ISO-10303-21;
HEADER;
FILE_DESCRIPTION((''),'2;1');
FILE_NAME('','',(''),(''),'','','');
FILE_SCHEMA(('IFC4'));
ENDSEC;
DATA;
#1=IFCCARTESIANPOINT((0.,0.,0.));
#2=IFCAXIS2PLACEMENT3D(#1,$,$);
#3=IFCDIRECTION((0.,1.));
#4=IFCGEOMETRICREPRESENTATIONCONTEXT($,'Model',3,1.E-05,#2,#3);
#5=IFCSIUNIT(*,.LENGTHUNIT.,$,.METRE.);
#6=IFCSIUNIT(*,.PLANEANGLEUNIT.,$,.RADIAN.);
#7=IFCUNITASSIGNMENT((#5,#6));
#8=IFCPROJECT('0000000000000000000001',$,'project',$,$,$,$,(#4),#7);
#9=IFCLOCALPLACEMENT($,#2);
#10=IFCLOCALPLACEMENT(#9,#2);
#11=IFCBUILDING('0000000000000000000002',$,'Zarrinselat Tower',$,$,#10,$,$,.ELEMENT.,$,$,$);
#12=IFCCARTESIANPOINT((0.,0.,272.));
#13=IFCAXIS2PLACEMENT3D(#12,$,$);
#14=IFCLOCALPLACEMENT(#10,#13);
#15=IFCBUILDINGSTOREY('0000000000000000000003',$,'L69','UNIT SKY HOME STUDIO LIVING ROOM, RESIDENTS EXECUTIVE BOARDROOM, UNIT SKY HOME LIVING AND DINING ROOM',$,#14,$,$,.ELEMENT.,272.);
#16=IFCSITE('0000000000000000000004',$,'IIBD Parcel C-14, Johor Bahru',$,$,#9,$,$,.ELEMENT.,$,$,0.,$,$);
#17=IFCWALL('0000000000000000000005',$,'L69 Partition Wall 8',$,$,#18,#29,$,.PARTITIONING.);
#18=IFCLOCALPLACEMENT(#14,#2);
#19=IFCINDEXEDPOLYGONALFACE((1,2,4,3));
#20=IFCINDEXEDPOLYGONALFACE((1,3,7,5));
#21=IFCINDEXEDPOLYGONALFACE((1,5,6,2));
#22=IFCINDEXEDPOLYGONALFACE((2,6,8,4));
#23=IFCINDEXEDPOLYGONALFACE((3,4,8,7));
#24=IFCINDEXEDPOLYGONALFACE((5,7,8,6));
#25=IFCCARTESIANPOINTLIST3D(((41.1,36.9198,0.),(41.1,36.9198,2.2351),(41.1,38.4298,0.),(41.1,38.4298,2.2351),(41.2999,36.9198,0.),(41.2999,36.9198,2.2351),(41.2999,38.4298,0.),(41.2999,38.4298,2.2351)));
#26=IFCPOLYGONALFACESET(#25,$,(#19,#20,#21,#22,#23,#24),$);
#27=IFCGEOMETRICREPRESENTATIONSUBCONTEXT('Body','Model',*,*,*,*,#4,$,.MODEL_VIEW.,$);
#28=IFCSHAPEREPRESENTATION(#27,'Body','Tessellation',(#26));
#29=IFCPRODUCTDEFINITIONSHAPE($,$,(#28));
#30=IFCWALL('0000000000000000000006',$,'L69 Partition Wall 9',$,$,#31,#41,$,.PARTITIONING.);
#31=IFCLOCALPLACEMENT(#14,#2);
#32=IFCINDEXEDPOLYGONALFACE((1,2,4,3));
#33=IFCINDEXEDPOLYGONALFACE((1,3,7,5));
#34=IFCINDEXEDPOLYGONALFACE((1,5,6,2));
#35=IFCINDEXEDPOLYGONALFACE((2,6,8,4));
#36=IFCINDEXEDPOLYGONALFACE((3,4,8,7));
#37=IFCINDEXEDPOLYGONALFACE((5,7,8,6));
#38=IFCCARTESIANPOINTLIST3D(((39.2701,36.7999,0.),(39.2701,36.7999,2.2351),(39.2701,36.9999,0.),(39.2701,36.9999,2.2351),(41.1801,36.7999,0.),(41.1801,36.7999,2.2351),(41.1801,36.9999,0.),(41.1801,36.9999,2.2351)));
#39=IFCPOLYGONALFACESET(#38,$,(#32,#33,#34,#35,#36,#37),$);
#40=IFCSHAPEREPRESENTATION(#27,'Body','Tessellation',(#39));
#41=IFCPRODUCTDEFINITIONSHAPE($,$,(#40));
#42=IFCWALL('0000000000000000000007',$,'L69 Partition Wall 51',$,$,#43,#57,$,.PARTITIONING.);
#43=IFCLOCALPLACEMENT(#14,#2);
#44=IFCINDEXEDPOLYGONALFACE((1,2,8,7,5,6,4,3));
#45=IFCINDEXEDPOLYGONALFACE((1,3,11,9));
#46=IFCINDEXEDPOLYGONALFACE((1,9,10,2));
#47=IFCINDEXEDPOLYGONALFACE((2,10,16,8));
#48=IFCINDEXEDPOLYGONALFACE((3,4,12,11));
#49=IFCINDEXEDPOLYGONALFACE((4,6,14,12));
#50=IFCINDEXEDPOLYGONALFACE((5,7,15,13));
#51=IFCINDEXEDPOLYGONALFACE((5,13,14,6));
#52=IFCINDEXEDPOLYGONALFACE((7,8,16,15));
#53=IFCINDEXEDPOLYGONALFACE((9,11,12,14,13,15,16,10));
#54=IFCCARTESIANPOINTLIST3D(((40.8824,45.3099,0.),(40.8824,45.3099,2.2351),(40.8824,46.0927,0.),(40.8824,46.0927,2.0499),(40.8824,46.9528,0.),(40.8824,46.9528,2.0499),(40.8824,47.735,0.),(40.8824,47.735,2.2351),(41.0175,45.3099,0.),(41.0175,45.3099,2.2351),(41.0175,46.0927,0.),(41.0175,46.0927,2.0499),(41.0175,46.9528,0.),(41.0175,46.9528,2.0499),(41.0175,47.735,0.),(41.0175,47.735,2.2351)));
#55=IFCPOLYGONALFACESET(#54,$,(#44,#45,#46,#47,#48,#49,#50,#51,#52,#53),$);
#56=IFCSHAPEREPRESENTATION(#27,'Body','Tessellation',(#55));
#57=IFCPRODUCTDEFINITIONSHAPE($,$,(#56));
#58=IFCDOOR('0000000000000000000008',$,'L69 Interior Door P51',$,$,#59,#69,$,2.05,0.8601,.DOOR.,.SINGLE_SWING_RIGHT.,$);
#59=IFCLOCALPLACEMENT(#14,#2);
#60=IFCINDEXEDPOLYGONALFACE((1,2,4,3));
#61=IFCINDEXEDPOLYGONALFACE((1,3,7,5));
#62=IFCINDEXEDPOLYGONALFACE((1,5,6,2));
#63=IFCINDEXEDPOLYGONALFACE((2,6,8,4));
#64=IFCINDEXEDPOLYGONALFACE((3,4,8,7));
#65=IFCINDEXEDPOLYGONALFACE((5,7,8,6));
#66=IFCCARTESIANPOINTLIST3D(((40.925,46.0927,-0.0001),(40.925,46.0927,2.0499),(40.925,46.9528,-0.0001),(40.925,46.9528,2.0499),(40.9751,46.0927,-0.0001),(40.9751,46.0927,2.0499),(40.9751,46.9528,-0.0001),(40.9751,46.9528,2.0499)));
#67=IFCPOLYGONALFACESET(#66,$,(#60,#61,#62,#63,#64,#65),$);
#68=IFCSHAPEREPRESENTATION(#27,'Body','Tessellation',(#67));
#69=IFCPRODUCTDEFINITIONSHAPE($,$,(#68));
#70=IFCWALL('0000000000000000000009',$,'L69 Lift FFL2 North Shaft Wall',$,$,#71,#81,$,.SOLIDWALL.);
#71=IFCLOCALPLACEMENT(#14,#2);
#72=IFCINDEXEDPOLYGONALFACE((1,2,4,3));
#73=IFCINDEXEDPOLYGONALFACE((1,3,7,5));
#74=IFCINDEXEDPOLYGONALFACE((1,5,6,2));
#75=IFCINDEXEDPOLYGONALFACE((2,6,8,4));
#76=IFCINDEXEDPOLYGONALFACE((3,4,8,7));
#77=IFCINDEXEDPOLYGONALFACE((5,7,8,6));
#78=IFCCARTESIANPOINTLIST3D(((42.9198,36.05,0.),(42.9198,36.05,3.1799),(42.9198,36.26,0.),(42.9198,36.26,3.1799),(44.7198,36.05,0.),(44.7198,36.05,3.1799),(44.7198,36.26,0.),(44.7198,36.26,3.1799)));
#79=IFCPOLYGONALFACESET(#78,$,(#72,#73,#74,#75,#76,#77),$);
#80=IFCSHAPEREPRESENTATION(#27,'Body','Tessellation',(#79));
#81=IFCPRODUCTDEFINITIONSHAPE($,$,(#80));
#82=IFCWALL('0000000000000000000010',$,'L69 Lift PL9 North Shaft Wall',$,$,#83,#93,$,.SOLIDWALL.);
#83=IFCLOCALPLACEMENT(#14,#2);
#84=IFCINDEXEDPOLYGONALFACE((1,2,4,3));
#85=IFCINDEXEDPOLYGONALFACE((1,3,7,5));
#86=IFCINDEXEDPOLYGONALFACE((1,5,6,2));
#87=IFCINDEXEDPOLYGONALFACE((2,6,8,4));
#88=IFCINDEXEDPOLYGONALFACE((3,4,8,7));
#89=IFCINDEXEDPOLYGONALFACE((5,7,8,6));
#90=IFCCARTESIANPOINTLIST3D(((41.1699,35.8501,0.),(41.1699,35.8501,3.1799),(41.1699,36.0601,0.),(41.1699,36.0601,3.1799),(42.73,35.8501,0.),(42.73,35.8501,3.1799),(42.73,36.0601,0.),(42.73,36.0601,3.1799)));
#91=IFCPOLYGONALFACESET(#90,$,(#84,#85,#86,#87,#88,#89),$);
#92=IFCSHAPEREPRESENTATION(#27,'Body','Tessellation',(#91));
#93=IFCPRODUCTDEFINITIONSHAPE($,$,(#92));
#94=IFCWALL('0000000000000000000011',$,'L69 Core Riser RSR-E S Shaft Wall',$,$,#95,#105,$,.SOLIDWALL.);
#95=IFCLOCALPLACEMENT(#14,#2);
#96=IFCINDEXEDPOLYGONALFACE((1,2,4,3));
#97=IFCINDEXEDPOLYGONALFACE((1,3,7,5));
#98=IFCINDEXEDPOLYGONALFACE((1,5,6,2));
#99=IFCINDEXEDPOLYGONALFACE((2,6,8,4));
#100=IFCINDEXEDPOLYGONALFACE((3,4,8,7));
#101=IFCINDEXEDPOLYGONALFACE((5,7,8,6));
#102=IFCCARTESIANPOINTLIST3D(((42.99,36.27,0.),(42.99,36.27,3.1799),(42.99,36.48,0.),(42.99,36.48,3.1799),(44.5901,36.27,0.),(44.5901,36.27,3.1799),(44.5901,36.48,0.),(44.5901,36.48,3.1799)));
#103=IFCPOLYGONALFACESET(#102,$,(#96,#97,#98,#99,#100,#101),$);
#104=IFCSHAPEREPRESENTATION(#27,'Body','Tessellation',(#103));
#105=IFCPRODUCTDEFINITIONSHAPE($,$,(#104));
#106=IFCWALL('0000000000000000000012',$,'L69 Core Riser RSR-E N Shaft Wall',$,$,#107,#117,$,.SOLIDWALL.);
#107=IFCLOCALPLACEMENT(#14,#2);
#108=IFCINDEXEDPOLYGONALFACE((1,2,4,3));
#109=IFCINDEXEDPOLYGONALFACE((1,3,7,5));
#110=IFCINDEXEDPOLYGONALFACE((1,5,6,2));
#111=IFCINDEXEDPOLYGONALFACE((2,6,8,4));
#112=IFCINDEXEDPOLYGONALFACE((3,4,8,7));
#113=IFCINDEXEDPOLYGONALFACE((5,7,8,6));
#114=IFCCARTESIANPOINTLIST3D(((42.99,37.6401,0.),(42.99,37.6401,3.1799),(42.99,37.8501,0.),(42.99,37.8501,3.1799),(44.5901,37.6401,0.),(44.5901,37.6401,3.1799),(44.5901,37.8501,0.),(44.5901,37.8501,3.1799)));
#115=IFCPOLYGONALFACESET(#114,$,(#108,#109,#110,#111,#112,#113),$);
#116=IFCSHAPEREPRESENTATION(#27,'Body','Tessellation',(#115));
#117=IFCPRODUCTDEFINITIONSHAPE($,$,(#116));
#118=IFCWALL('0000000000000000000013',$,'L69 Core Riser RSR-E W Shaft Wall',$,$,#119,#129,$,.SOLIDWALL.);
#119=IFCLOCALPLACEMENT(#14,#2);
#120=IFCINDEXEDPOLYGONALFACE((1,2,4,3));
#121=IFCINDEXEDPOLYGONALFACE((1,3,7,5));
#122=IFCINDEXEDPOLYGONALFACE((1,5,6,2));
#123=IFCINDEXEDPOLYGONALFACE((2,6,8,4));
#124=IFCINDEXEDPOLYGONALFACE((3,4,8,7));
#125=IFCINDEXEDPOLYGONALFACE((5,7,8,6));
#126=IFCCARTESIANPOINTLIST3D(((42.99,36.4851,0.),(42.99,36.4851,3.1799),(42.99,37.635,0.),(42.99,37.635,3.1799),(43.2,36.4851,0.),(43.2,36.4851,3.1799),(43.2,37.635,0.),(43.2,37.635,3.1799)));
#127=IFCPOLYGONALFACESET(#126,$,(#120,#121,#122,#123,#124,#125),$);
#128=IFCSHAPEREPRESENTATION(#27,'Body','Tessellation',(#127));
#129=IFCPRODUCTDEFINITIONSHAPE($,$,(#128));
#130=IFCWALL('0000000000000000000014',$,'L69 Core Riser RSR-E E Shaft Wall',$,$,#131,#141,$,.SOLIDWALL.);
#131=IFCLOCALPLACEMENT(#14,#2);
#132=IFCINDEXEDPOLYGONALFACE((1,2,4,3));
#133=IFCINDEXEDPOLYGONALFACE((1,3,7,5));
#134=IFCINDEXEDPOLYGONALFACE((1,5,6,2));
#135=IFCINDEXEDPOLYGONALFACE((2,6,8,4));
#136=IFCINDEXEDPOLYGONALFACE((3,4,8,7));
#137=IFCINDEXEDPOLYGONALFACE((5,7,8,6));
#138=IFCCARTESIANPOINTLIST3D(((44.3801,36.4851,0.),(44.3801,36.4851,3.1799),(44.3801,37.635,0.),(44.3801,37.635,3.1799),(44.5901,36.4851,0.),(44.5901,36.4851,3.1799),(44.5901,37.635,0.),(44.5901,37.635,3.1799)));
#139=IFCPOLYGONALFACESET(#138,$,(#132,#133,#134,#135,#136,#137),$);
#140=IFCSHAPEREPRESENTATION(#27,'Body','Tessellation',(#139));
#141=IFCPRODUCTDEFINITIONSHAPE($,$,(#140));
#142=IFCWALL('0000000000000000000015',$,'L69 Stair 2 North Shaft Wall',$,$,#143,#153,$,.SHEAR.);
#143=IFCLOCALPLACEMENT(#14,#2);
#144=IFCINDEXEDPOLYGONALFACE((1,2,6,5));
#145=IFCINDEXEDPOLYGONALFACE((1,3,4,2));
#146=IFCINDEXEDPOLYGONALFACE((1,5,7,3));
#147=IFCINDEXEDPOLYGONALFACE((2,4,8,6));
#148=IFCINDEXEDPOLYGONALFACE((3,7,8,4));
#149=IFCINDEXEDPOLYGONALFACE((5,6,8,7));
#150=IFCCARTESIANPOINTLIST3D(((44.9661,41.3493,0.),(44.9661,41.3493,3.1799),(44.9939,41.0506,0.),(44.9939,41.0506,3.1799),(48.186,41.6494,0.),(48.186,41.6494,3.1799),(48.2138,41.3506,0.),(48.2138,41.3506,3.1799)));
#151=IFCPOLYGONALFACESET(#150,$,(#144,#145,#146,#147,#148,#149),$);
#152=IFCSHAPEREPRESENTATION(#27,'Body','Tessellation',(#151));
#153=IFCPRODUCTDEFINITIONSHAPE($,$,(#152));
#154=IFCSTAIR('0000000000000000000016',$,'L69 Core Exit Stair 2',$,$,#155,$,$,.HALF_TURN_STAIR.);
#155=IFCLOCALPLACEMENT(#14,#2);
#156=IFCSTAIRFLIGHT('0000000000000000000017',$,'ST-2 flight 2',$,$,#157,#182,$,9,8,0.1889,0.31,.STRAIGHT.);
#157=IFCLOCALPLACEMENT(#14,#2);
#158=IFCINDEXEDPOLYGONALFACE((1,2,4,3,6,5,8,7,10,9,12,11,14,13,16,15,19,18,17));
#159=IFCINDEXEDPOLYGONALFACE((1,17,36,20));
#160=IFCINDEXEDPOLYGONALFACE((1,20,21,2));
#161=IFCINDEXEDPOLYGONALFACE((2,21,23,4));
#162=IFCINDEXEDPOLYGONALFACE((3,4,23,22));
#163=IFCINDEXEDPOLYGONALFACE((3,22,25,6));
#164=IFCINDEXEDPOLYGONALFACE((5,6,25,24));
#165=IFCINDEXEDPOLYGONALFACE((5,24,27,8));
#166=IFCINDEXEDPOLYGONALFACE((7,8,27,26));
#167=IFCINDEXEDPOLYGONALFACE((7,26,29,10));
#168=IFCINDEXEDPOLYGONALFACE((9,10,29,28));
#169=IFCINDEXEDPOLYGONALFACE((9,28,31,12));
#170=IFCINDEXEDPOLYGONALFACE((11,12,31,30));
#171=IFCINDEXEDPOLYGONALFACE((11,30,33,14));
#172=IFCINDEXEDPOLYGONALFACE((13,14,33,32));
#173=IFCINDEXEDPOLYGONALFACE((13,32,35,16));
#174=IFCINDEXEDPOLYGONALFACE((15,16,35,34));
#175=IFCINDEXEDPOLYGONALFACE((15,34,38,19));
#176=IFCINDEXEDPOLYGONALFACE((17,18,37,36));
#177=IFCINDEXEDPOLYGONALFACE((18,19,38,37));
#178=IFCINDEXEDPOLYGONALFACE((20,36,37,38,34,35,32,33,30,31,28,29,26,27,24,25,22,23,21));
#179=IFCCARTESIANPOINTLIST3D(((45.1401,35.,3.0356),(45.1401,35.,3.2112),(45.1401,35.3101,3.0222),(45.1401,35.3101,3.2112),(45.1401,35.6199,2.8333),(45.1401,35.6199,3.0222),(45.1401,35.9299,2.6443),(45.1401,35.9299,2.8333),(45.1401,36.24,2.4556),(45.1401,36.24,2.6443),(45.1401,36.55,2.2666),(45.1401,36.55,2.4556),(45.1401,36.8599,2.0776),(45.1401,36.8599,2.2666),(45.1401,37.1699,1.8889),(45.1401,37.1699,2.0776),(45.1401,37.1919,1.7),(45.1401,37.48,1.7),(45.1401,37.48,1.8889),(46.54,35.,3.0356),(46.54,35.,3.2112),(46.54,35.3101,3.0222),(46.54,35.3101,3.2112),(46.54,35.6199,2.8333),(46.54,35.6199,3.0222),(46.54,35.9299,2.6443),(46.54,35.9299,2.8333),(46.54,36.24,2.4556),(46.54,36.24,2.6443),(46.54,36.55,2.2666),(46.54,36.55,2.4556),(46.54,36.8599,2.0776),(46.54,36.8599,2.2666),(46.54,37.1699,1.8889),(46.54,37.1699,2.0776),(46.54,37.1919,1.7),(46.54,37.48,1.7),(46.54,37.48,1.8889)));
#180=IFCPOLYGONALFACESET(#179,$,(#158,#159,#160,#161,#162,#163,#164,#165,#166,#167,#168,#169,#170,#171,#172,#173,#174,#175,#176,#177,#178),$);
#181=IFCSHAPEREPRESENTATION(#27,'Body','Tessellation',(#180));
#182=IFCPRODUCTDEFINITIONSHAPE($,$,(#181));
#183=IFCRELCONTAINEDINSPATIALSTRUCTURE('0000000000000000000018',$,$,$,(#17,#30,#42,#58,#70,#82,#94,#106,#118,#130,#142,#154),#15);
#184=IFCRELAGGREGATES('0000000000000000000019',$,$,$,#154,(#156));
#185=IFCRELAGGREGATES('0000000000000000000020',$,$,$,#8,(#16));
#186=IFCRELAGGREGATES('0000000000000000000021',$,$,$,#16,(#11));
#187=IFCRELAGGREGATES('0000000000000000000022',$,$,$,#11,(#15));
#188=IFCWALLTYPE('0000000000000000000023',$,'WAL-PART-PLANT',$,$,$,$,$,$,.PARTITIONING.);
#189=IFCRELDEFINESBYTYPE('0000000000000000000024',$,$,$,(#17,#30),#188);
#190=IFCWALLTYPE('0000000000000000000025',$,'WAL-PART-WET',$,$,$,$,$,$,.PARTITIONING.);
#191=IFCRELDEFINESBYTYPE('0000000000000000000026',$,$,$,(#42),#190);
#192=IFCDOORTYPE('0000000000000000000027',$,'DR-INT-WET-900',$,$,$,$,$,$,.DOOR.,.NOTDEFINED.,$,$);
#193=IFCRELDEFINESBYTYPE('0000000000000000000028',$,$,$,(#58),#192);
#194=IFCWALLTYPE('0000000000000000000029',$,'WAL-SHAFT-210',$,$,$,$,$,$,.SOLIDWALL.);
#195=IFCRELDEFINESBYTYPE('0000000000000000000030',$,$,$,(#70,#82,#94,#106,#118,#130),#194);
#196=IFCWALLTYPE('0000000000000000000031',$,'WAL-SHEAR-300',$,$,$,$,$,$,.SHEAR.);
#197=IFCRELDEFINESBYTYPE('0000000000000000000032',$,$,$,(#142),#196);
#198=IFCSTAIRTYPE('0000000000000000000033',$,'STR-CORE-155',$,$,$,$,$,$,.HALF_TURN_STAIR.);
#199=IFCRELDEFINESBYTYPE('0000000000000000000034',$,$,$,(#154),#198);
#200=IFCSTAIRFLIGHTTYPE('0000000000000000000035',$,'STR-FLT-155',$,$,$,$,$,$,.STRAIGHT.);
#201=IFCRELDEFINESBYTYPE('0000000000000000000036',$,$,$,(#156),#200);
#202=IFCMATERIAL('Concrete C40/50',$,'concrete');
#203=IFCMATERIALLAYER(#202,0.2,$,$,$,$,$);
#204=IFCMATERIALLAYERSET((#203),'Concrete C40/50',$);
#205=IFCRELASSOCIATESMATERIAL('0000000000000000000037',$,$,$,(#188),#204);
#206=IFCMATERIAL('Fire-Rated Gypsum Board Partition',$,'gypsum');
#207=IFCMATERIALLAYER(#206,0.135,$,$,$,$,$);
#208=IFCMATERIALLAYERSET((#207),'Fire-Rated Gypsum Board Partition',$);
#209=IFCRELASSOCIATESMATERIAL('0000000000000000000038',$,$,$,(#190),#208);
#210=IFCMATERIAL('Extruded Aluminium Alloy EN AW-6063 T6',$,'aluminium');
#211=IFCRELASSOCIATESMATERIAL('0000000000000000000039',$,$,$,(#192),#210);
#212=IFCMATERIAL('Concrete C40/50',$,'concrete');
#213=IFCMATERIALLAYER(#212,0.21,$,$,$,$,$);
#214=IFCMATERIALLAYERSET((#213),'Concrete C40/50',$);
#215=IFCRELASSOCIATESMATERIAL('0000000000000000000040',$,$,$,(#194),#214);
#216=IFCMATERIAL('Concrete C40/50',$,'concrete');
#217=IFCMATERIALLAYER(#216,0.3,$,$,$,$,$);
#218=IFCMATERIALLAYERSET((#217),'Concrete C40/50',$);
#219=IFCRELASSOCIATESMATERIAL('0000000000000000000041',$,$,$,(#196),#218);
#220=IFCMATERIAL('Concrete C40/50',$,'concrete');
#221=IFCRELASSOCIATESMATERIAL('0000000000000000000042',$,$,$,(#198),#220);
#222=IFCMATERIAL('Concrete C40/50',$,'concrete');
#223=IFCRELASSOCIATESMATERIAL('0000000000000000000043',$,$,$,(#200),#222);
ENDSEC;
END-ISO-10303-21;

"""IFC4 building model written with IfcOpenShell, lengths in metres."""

from ifc_helpers import new_model, si_unit, direction, frame, frame_2d, origin, place, context, subcontext, project, spatial, polyline, rectangle, outline, extrude, material, layer, layer_set, type_object, element, fill, aggregate, save


model = new_model("IFC4")

# Units and contexts
model_context = context("Model", 3, precision=1e-05, world=origin(), true_north=direction((0.0, 1.0)))
body_context = subcontext(model_context, "Body", "Model", "MODEL_VIEW")
ifc_project = project(units=[si_unit("LENGTHUNIT", "METRE"), si_unit("PLANEANGLEUNIT", "RADIAN")], contexts=[model_context])

# Site, building, storey
site_placement = place(None, origin())
site = spatial("IfcSite", under=ifc_project, at=site_placement, Name="IIBD Parcel C-14, Johor Bahru", CompositionType="ELEMENT", RefElevation=0.0)
building_placement = place(site_placement, origin())
building = spatial("IfcBuilding", under=site, at=building_placement, Name="Zarrinselat Tower", CompositionType="ELEMENT")
storey_placement = place(building_placement, frame((0.0, 0.0, 272.0)))
storey = spatial("IfcBuildingStorey", under=building, at=storey_placement, Name="L69", Description="UNIT SKY HOME STUDIO LIVING ROOM, RESIDENTS EXECUTIVE BOARDROOM, UNIT SKY HOME LIVING AND DINING ROOM", CompositionType="ELEMENT", Elevation=272.0)

# Shared definitions
ifc_material_1 = material(Name="Concrete C40/50", Category="concrete")
ifc_layer_1 = layer(ifc_material_1, 0.2)
ifc_layer_set_1 = layer_set([ifc_layer_1], Name="Concrete C40/50")
wall_type_1 = type_object("IfcWallType", Name="WAL-PART-PLANT", PredefinedType="PARTITIONING", material=ifc_layer_set_1)

# Walls
wall_1_placement = place(storey_placement, frame((41.2, 36.9199, 0.0), z_axis=(0.0, 0.0, 1.0), x_axis=(0.0, 1.0, 0.0)))
element("IfcWall", 1, at=wall_1_placement, inside=storey, type_object=wall_type_1, Name="L69 Partition Wall 8", PredefinedType="PARTITIONING", context=body_context, shape_type="SweptSolid", body=[
    extrude(rectangle(XDim=1.51, YDim=0.2, at=frame_2d((0.7549, 0.0))), origin(), (0.0, 0.0, 1.0), 2.2351),
])
wall_2_placement = place(storey_placement, frame((39.27, 36.8999, 0.0), z_axis=(0.0, 0.0, 1.0), x_axis=(1.0, 0.0, 0.0)))
element("IfcWall", 2, at=wall_2_placement, inside=storey, type_object=wall_type_1, Name="L69 Partition Wall 9", PredefinedType="PARTITIONING", context=body_context, shape_type="SweptSolid", body=[
    extrude(rectangle(XDim=1.9099, YDim=0.2, at=frame_2d((0.9551, 0.0))), origin(), (0.0, 0.0, 1.0), 2.2351),
])

# Wall, opening, door
ifc_material_2 = material(Name="Fire-Rated Gypsum Board Partition", Category="gypsum")
ifc_layer_2 = layer(ifc_material_2, 0.135)
ifc_layer_set_2 = layer_set([ifc_layer_2], Name="Fire-Rated Gypsum Board Partition")
wall_type_2 = type_object("IfcWallType", Name="WAL-PART-WET", PredefinedType="PARTITIONING", material=ifc_layer_set_2)
wall_3_placement = place(storey_placement, frame((40.95, 45.3101, 0.0), z_axis=(0.0, 0.0, 1.0), x_axis=(0.0, 1.0, 0.0)))
wall_3 = element("IfcWall", 3, at=wall_3_placement, inside=storey, type_object=wall_type_2, Name="L69 Partition Wall 51", PredefinedType="PARTITIONING", context=body_context, shape_type="SweptSolid", body=[
    extrude(rectangle(XDim=2.425, YDim=0.135, at=frame_2d((1.2124, 0.0))), origin(), (0.0, 0.0, 1.0), 2.2351),
])
opening_1_placement = place(wall_3_placement, frame((0.7825, 0.0, 0.0)))
opening_1 = element("IfcOpeningElement", 4, at=opening_1_placement, cuts=wall_3, PredefinedType="OPENING", context=body_context, shape_type="SweptSolid", body=[
    extrude(rectangle(XDim=0.8601, YDim=2.05, at=frame_2d((0.4302, 1.0249))), frame((0.0, 0.0774, 0.0), z_axis=(0.0, -1.0, 0.0), x_axis=(1.0, 0.0, 0.0)), (0.0, 0.0, 1.0), 0.155),
])
ifc_material_3 = material(Name="Extruded Aluminium Alloy EN AW-6063 T6", Category="aluminium")
door_type_1 = type_object("IfcDoorType", Name="DR-INT-WET-900", OperationType="NOTDEFINED", PredefinedType="DOOR", material=ifc_material_3)
door_1_placement = place(opening_1_placement, origin())
door_1 = element("IfcDoor", 5, at=door_1_placement, inside=storey, type_object=door_type_1, Name="L69 Interior Door P51", OperationType="SINGLE_SWING_RIGHT", OverallHeight=2.05, OverallWidth=0.8601, PredefinedType="DOOR", context=body_context, shape_type="SweptSolid", body=[
    extrude(rectangle(XDim=0.8601, YDim=2.05, at=frame_2d((0.4302, 1.0249))), frame((0.0, 0.0249, 0.0), z_axis=(0.0, -1.0, 0.0), x_axis=(1.0, 0.0, 0.0)), (0.0, 0.0, 1.0), 0.05),
])
fill(opening_1, door_1)

# Walls
ifc_material_4 = material(Name="Concrete C40/50", Category="concrete")
ifc_layer_3 = layer(ifc_material_4, 0.21)
ifc_layer_set_3 = layer_set([ifc_layer_3], Name="Concrete C40/50")
wall_type_3 = type_object("IfcWallType", Name="WAL-SHAFT-210", PredefinedType="SOLIDWALL", material=ifc_layer_set_3)
wall_4_placement = place(storey_placement, frame((42.9199, 36.155, 0.0), z_axis=(0.0, 0.0, 1.0), x_axis=(1.0, 0.0, 0.0)))
element("IfcWall", 6, at=wall_4_placement, inside=storey, type_object=wall_type_3, Name="L69 Lift FFL2 North Shaft Wall", PredefinedType="SOLIDWALL", context=body_context, shape_type="SweptSolid", body=[
    extrude(rectangle(XDim=1.8, YDim=0.21, at=frame_2d((0.8999, 0.0))), origin(), (0.0, 0.0, 1.0), 3.1799),
])
wall_5_placement = place(storey_placement, frame((41.1699, 35.9551, 0.0), z_axis=(0.0, 0.0, 1.0), x_axis=(1.0, 0.0, 0.0)))
element("IfcWall", 7, at=wall_5_placement, inside=storey, type_object=wall_type_3, Name="L69 Lift PL9 North Shaft Wall", PredefinedType="SOLIDWALL", context=body_context, shape_type="SweptSolid", body=[
    extrude(rectangle(XDim=1.5601, YDim=0.21, at=frame_2d((0.78, 0.0))), origin(), (0.0, 0.0, 1.0), 3.1799),
])
for number, where, z_axis, x_axis, name in (
    (8, (42.99, 36.375, 0.0), (0.0, 0.0, 1.0), (1.0, 0.0, 0.0), "L69 Core Riser RSR-E S Shaft Wall"),
    (9, (42.99, 37.7451, 0.0), (0.0, 0.0, 1.0), (1.0, 0.0, 0.0), "L69 Core Riser RSR-E N Shaft Wall"),
):
    element("IfcWall", number, at=place(storey_placement, frame(where, z_axis=z_axis, x_axis=x_axis)), inside=storey, type_object=wall_type_3, Name=name, PredefinedType="SOLIDWALL", context=body_context, shape_type="SweptSolid", body=[
        extrude(rectangle(XDim=1.6001, YDim=0.21, at=frame_2d((0.8, 0.0))), origin(), (0.0, 0.0, 1.0), 3.1799),
    ])
for number, where, z_axis, x_axis, name in (
    (10, (43.095, 36.4851, 0.0), (0.0, 0.0, 1.0), (0.0, 1.0, 0.0), "L69 Core Riser RSR-E W Shaft Wall"),
    (11, (44.4851, 36.4851, 0.0), (0.0, 0.0, 1.0), (0.0, 1.0, 0.0), "L69 Core Riser RSR-E E Shaft Wall"),
):
    element("IfcWall", number, at=place(storey_placement, frame(where, z_axis=z_axis, x_axis=x_axis)), inside=storey, type_object=wall_type_3, Name=name, PredefinedType="SOLIDWALL", context=body_context, shape_type="SweptSolid", body=[
        extrude(rectangle(XDim=1.1499, YDim=0.21, at=frame_2d((0.575, 0.0))), origin(), (0.0, 0.0, 1.0), 3.1799),
    ])
ifc_material_5 = material(Name="Concrete C40/50", Category="concrete")
ifc_layer_4 = layer(ifc_material_5, 0.3)
ifc_layer_set_4 = layer_set([ifc_layer_4], Name="Concrete C40/50")
wall_type_4 = type_object("IfcWallType", Name="WAL-SHEAR-300", PredefinedType="SHEAR", material=ifc_layer_set_4)
wall_6_placement = place(storey_placement, frame((44.98, 41.2, 0.0), z_axis=(0.0, 0.0, 1.0), x_axis=(0.995686, 0.092782, 0.0)))
element("IfcWall", 12, at=wall_6_placement, inside=storey, type_object=wall_type_4, Name="L69 Stair 2 North Shaft Wall", PredefinedType="SHEAR", context=body_context, shape_type="SweptSolid", body=[
    extrude(rectangle(XDim=3.2339, YDim=0.3, at=frame_2d((1.6169, 0.0))), origin(), (0.0, 0.0, 1.0), 3.1799),
])

# Stair, stair flight
ifc_material_6 = material(Name="Concrete C40/50", Category="concrete")
stair_type = type_object("IfcStairType", Name="STR-CORE-155", PredefinedType="HALF_TURN_STAIR", material=ifc_material_6)
stair_placement = place(storey_placement, origin())
stair = element("IfcStair", 13, at=stair_placement, inside=storey, type_object=stair_type, Name="L69 Core Exit Stair 2", PredefinedType="HALF_TURN_STAIR")
ifc_material_7 = material(Name="Concrete C40/50", Category="concrete")
stair_flight_type = type_object("IfcStairFlightType", Name="STR-FLT-155", PredefinedType="STRAIGHT", material=ifc_material_7)
stair_flight_placement = place(storey_placement, frame((45.8401, 37.48, 1.7), z_axis=(0.0, 0.0, 1.0), x_axis=(0.0, -1.0, 0.0)))
stair_flight = element("IfcStairFlight", 14, at=stair_flight_placement, type_object=stair_flight_type, Name="ST-2 flight 2", NumberOfRisers=9, NumberOfTreads=8, PredefinedType="STRAIGHT", RiserHeight=0.1889, TreadLength=0.31, context=body_context, shape_type="SweptSolid", body=[
    extrude(outline(polyline([(0.0, 0.0), (0.0, 0.189), (0.3101, 0.189), (0.3101, 0.3777), (0.6201, 0.3777), (0.6201, 0.5667), (0.9299, 0.5667), (0.9299, 0.7556), (1.24, 0.7556), (1.24, 0.9443), (1.55, 0.9443), (1.55, 1.1333), (1.8601, 1.1333), (1.8601, 1.3223), (2.1699, 1.3223), (2.1699, 1.5112), (2.48, 1.5112), (2.48, 1.7), (2.48, 1.3357), (0.2881, 0.0), (0.0, 0.0)])), frame((0.0, 0.7, 0.0), z_axis=(0.0, -1.0, 0.0), x_axis=(1.0, 0.0, 0.0)), (0.0, 0.0, 1.0), 1.3999),
])
aggregate(stair, [stair_flight])

save(model, "model.ifc")
